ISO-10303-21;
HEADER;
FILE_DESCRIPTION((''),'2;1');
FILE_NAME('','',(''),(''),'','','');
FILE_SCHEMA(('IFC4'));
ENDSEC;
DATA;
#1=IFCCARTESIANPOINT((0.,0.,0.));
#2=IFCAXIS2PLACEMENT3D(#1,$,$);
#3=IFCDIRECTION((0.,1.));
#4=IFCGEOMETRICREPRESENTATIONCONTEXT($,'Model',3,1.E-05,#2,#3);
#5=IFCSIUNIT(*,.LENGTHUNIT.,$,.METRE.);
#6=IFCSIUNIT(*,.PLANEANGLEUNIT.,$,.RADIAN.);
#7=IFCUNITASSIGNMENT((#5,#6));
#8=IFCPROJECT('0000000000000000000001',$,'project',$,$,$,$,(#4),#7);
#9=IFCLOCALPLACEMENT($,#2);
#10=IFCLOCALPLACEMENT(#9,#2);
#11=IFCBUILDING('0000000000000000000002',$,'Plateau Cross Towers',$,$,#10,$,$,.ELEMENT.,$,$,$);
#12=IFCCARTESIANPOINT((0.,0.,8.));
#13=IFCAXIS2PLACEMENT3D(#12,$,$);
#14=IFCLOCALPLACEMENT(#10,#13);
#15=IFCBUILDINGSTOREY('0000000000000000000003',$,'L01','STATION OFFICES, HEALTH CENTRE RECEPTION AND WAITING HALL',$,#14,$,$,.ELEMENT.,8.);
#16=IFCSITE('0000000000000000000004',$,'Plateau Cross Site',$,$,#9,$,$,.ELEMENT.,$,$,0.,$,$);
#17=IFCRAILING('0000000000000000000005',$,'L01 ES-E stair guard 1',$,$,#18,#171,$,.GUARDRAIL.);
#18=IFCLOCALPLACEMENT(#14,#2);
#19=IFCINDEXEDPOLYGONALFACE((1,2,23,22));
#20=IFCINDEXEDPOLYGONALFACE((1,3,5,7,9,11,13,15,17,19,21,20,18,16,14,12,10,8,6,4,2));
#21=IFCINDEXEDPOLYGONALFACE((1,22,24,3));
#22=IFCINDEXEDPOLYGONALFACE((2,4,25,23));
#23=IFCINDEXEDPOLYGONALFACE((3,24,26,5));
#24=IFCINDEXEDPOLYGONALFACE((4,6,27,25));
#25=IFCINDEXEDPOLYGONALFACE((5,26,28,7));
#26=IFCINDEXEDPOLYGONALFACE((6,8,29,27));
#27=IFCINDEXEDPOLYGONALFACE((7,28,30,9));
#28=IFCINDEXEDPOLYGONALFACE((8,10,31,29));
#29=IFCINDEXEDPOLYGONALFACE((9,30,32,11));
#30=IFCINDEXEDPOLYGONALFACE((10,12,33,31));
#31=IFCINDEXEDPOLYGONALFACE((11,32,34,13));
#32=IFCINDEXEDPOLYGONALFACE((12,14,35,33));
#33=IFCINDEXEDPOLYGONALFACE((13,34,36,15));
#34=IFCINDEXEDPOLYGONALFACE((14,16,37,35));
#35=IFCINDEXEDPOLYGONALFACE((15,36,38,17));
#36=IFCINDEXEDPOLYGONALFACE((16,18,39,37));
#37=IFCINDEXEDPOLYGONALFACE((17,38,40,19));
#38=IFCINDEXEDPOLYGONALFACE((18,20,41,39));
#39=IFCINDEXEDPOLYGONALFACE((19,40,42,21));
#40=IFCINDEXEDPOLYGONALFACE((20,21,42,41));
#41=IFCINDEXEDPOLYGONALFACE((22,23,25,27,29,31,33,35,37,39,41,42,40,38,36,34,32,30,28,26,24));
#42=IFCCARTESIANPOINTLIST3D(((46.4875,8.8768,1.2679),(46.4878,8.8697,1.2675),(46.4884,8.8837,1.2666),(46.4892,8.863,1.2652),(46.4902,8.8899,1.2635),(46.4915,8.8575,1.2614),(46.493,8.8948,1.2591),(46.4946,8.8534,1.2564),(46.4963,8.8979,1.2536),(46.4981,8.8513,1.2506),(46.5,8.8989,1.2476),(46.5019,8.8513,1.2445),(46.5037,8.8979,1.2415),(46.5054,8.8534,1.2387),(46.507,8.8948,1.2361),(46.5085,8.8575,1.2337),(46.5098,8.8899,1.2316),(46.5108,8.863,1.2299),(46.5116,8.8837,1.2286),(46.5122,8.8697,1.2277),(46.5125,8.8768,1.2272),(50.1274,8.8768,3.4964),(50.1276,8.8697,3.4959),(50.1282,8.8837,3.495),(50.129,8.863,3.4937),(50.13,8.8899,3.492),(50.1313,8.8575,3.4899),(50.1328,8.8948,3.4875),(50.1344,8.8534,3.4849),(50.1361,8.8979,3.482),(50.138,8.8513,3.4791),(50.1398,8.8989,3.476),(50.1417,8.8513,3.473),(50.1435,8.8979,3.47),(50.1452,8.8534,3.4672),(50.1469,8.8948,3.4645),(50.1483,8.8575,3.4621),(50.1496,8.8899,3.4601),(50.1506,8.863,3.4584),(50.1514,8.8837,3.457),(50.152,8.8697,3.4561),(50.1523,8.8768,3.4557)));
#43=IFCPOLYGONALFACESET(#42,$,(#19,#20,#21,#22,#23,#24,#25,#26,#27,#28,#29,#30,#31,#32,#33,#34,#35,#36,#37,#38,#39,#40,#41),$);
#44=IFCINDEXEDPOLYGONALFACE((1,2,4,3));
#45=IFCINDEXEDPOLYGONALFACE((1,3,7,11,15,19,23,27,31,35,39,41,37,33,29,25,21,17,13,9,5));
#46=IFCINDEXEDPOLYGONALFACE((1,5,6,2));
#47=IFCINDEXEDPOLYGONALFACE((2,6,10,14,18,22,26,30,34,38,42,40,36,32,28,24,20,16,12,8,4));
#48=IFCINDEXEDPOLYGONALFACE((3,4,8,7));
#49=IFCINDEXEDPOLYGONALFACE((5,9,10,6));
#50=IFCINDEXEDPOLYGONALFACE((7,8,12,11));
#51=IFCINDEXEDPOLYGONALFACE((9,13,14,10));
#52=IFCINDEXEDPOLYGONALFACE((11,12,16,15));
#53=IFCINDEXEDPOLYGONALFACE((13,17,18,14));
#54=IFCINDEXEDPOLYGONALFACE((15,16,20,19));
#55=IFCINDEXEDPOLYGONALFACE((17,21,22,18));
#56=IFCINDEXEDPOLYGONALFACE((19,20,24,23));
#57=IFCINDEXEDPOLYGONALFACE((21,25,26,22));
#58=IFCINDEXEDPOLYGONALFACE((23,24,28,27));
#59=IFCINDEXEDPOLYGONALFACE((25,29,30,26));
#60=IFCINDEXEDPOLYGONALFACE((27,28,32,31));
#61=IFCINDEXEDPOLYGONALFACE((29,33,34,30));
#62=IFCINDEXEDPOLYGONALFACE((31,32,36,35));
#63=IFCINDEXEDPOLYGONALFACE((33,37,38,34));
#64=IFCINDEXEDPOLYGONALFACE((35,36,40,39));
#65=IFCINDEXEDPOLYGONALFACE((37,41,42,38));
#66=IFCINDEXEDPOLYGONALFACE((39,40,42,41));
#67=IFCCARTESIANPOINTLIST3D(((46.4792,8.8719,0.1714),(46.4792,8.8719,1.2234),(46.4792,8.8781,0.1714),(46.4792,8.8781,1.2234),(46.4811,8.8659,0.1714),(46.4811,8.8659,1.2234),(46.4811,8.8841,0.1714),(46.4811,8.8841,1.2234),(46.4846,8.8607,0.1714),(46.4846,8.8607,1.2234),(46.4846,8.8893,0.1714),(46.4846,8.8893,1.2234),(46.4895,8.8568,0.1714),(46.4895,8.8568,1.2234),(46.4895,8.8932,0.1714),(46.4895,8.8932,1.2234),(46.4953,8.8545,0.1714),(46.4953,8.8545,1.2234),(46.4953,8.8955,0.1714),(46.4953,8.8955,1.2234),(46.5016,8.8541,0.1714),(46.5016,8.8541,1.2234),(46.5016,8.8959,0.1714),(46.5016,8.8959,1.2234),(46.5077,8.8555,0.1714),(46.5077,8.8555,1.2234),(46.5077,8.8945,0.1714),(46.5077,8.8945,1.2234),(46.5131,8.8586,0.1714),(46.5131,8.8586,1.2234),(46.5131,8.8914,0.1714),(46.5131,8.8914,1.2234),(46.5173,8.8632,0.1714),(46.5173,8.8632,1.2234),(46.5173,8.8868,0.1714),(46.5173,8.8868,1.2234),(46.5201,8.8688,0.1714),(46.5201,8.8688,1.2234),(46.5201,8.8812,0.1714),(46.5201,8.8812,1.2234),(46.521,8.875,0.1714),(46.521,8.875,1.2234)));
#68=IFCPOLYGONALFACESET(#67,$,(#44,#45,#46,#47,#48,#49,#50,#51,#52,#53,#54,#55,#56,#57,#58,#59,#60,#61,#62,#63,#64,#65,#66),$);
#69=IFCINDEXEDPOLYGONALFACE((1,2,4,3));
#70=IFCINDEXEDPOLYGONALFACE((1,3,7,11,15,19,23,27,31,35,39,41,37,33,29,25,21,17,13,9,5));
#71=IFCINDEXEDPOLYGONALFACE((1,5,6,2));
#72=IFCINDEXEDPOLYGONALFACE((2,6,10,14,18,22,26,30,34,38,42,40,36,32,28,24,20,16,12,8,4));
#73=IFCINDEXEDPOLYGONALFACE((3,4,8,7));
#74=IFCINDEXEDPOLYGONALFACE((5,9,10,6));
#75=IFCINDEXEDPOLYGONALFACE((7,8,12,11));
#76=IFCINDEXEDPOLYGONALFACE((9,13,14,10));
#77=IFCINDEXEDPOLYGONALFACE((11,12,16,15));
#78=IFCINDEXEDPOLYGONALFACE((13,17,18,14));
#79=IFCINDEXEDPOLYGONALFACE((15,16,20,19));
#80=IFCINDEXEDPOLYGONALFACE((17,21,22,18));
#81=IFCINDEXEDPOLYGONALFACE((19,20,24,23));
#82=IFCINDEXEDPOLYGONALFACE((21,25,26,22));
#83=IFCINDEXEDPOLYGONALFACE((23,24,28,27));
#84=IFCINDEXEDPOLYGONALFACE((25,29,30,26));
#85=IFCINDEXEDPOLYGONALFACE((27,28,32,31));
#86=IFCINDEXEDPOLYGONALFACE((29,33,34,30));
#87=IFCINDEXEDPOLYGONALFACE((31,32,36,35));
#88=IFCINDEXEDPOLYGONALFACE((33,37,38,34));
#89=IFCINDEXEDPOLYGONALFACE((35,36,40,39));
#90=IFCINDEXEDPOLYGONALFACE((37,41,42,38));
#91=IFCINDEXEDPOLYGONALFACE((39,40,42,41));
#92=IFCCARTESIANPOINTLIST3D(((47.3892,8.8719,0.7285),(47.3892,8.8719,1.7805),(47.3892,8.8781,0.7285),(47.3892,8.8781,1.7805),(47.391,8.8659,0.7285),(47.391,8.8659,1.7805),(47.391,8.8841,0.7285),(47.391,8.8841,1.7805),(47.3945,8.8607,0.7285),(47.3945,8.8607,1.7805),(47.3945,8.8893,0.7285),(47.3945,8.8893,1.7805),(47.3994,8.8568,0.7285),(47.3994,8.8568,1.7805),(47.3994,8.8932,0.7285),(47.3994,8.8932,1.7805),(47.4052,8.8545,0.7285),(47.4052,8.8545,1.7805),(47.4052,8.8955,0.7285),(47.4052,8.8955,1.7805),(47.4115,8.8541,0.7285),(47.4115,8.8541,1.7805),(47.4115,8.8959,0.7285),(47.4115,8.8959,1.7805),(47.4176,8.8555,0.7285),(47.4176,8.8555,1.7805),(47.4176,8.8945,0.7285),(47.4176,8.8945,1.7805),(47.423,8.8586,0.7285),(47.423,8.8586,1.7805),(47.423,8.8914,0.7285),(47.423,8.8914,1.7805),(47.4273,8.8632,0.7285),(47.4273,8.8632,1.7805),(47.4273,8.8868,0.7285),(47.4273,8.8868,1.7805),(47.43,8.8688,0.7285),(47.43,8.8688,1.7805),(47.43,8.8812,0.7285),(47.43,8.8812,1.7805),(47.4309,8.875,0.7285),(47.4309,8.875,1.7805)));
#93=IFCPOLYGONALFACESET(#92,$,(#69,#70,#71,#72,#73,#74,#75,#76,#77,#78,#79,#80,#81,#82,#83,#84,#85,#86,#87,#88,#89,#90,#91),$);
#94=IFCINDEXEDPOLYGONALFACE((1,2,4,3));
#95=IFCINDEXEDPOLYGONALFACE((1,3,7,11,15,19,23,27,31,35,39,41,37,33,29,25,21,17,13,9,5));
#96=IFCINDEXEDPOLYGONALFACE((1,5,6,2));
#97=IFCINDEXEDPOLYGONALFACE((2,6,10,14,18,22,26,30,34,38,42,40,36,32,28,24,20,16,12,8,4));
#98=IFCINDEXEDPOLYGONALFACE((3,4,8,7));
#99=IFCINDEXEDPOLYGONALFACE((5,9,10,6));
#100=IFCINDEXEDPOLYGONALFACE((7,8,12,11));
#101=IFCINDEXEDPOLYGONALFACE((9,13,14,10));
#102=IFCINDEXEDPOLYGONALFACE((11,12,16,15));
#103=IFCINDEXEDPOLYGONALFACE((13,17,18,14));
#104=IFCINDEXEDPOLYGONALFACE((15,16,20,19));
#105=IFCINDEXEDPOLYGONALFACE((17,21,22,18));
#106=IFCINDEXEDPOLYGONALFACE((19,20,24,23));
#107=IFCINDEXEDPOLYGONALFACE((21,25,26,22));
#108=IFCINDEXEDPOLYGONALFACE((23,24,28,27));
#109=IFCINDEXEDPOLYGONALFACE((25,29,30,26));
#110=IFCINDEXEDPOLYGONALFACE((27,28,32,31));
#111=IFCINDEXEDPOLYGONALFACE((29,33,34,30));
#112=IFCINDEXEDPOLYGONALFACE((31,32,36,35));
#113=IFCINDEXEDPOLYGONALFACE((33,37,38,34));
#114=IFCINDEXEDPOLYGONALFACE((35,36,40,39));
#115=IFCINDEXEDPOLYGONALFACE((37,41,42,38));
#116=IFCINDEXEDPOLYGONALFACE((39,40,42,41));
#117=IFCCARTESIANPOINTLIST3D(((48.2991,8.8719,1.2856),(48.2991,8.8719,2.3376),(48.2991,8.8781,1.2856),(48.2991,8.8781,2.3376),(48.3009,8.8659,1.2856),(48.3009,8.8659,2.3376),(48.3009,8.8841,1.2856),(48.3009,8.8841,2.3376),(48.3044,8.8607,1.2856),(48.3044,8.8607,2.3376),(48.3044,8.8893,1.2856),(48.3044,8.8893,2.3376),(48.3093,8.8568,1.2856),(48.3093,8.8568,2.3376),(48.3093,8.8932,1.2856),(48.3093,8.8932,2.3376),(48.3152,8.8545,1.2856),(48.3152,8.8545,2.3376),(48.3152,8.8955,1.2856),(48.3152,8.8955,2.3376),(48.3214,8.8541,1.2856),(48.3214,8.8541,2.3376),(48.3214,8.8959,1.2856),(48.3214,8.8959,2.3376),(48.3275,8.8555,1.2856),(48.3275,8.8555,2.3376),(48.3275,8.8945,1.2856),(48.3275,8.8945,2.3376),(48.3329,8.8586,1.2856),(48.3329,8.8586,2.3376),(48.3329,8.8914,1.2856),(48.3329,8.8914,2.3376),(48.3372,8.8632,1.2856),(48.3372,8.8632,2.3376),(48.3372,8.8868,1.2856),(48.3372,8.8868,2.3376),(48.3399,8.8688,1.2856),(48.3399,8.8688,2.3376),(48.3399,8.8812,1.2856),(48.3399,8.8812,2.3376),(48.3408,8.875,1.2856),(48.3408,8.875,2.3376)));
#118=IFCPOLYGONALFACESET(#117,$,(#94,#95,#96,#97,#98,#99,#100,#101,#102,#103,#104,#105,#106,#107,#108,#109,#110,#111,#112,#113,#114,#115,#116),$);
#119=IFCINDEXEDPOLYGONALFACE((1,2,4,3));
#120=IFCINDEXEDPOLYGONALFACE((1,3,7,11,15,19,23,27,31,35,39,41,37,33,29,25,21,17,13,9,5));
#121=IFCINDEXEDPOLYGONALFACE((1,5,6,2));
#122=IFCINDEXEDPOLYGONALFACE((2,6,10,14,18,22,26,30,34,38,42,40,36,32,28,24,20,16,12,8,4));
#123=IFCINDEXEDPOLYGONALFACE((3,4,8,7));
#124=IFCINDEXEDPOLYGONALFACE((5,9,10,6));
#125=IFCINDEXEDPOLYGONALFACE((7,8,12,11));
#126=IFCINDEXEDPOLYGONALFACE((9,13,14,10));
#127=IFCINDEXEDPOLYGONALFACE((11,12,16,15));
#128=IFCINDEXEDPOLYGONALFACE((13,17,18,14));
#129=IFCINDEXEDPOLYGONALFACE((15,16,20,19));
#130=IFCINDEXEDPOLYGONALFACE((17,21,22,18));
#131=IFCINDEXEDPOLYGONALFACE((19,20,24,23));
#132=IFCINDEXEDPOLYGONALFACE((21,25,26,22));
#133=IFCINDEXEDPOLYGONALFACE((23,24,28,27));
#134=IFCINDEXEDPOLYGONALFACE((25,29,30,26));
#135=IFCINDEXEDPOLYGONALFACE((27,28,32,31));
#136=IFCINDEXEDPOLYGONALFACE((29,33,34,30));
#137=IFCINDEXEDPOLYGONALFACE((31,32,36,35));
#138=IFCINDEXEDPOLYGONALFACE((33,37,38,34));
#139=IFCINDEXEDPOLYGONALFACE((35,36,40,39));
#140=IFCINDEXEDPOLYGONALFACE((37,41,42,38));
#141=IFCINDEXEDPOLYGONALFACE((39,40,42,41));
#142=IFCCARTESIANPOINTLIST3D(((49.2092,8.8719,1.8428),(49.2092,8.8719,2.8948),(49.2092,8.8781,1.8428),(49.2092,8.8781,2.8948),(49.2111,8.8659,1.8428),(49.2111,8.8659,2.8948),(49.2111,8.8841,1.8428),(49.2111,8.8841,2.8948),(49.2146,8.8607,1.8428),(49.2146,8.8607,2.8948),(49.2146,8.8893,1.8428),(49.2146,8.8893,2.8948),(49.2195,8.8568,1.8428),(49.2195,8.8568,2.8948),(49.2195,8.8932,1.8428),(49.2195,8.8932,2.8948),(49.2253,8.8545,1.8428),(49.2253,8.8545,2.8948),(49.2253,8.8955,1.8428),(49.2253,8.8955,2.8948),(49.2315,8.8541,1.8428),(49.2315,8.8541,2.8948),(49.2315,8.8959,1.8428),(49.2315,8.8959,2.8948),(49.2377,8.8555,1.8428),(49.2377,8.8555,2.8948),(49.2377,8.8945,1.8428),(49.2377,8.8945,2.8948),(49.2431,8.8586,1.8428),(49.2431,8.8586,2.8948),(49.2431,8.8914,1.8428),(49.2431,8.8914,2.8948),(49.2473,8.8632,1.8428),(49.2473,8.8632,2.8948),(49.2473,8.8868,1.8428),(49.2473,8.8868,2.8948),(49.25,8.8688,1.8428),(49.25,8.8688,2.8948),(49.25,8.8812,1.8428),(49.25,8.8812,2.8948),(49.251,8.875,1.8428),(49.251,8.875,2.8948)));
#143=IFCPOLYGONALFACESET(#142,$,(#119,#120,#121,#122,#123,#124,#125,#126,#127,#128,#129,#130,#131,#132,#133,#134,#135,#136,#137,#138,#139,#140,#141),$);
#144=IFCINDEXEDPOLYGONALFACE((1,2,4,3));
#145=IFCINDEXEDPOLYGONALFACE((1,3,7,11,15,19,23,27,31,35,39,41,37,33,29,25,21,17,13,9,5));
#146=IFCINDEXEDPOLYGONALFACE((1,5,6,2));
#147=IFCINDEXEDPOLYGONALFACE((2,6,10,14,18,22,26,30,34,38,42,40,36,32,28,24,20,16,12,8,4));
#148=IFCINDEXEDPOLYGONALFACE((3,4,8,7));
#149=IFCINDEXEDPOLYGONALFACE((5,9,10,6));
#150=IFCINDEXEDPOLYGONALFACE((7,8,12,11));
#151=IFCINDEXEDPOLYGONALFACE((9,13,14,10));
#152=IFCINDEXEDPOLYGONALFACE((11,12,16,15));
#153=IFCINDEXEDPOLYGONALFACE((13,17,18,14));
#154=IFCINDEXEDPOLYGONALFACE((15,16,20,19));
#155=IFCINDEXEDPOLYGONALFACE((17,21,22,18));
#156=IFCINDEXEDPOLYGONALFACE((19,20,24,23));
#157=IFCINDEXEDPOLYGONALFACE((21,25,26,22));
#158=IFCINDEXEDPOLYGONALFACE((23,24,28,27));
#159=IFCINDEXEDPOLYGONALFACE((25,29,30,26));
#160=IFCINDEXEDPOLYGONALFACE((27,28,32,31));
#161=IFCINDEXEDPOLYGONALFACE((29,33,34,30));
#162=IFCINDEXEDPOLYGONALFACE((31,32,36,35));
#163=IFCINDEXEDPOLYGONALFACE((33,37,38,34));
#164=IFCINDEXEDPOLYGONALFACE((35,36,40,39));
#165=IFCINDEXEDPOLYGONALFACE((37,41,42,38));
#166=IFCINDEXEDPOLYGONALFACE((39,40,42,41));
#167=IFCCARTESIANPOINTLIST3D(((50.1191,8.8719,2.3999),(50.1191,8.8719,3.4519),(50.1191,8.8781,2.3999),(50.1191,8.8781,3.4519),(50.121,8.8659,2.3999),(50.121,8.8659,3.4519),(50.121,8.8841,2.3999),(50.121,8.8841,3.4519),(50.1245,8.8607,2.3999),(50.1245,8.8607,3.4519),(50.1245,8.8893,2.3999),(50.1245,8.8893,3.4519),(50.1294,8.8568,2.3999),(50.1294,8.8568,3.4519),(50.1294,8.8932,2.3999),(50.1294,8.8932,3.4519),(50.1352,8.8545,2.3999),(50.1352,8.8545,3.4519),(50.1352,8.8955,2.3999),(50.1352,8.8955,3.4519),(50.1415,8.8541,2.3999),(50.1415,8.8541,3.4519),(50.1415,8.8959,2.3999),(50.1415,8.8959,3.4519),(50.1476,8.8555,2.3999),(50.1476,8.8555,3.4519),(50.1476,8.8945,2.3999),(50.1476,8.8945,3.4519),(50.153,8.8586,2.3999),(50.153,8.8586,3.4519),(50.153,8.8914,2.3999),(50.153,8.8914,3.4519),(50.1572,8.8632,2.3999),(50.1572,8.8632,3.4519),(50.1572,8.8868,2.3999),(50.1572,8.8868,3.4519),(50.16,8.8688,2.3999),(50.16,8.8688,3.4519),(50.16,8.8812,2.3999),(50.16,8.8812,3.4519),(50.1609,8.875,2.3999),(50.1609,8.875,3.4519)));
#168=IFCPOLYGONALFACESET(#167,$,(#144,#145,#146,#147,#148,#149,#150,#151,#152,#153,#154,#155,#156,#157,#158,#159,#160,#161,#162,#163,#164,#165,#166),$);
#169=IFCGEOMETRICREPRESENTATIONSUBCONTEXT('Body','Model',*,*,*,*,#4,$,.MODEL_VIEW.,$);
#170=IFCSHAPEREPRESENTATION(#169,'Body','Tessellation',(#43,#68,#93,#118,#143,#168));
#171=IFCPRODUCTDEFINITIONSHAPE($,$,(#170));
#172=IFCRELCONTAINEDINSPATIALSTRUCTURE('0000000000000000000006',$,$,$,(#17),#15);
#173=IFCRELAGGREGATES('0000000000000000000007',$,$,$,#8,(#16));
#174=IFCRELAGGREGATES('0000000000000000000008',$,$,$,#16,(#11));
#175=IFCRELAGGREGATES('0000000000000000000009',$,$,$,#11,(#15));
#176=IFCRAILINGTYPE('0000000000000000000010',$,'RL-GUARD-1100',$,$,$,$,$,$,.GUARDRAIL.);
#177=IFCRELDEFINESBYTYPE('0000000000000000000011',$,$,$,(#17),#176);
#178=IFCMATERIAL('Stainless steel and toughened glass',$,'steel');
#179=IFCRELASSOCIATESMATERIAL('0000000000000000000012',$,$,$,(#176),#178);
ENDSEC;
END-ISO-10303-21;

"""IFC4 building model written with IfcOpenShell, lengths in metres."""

from ifc_helpers import new_model, si_unit, direction, frame, origin, origin_2d, place, context, subcontext, project, spatial, circle, extrude, material, type_object, element, save


model = new_model("IFC4")

# Units and contexts
model_context = context("Model", 3, precision=1e-05, world=origin(), true_north=direction((0.0, 1.0)))
body_context = subcontext(model_context, "Body", "Model", "MODEL_VIEW")
ifc_project = project(units=[si_unit("LENGTHUNIT", "METRE"), si_unit("PLANEANGLEUNIT", "RADIAN")], contexts=[model_context])

# Site, building, storey
site_placement = place(None, origin())
site = spatial("IfcSite", under=ifc_project, at=site_placement, Name="Plateau Cross Site", CompositionType="ELEMENT", RefElevation=0.0)
building_placement = place(site_placement, origin())
building = spatial("IfcBuilding", under=site, at=building_placement, Name="Plateau Cross Towers", CompositionType="ELEMENT")
storey_placement = place(building_placement, frame((0.0, 0.0, 8.0)))
storey = spatial("IfcBuildingStorey", under=building, at=storey_placement, Name="L01", Description="STATION OFFICES, HEALTH CENTRE RECEPTION AND WAITING HALL", CompositionType="ELEMENT", Elevation=8.0)

# Railing
ifc_material_1 = material(Name="Stainless steel and toughened glass", Category="steel")
railing_type_1 = type_object("IfcRailingType", Name="RL-GUARD-1100", PredefinedType="GUARDRAIL", material=ifc_material_1)
railing_1_placement = place(storey_placement, frame((46.5, 8.875, 0.1714)))
element("IfcRailing", 1, at=railing_1_placement, inside=storey, type_object=railing_type_1, Name="L01 ES-E stair guard 1", PredefinedType="GUARDRAIL", context=body_context, shape_type="SweptSolid", body=[
    extrude(circle(Radius=0.0239, at=origin_2d()), frame((0.0, 0.0, 1.0762), z_axis=(0.85285, 0.0, 0.522156), x_axis=(0.0, 1.0, 0.0)), (0.0, 0.0, 1.0), 4.2678),
    extrude(circle(Radius=0.021, at=origin_2d()), origin(), (0.0, 0.0, 1.0), 1.052),
    extrude(circle(Radius=0.021, at=origin_2d()), frame((0.9099, 0.0, 0.5571)), (0.0, 0.0, 1.0), 1.052),
    extrude(circle(Radius=0.021, at=origin_2d()), frame((1.8198, 0.0, 1.1143)), (0.0, 0.0, 1.0), 1.052),
    extrude(circle(Radius=0.021, at=origin_2d()), frame((2.73, 0.0, 1.6714)), (0.0, 0.0, 1.0), 1.052),
    extrude(circle(Radius=0.021, at=origin_2d()), frame((3.6399, 0.0, 2.2285)), (0.0, 0.0, 1.0), 1.052),
])

save(model, "model.ifc")
